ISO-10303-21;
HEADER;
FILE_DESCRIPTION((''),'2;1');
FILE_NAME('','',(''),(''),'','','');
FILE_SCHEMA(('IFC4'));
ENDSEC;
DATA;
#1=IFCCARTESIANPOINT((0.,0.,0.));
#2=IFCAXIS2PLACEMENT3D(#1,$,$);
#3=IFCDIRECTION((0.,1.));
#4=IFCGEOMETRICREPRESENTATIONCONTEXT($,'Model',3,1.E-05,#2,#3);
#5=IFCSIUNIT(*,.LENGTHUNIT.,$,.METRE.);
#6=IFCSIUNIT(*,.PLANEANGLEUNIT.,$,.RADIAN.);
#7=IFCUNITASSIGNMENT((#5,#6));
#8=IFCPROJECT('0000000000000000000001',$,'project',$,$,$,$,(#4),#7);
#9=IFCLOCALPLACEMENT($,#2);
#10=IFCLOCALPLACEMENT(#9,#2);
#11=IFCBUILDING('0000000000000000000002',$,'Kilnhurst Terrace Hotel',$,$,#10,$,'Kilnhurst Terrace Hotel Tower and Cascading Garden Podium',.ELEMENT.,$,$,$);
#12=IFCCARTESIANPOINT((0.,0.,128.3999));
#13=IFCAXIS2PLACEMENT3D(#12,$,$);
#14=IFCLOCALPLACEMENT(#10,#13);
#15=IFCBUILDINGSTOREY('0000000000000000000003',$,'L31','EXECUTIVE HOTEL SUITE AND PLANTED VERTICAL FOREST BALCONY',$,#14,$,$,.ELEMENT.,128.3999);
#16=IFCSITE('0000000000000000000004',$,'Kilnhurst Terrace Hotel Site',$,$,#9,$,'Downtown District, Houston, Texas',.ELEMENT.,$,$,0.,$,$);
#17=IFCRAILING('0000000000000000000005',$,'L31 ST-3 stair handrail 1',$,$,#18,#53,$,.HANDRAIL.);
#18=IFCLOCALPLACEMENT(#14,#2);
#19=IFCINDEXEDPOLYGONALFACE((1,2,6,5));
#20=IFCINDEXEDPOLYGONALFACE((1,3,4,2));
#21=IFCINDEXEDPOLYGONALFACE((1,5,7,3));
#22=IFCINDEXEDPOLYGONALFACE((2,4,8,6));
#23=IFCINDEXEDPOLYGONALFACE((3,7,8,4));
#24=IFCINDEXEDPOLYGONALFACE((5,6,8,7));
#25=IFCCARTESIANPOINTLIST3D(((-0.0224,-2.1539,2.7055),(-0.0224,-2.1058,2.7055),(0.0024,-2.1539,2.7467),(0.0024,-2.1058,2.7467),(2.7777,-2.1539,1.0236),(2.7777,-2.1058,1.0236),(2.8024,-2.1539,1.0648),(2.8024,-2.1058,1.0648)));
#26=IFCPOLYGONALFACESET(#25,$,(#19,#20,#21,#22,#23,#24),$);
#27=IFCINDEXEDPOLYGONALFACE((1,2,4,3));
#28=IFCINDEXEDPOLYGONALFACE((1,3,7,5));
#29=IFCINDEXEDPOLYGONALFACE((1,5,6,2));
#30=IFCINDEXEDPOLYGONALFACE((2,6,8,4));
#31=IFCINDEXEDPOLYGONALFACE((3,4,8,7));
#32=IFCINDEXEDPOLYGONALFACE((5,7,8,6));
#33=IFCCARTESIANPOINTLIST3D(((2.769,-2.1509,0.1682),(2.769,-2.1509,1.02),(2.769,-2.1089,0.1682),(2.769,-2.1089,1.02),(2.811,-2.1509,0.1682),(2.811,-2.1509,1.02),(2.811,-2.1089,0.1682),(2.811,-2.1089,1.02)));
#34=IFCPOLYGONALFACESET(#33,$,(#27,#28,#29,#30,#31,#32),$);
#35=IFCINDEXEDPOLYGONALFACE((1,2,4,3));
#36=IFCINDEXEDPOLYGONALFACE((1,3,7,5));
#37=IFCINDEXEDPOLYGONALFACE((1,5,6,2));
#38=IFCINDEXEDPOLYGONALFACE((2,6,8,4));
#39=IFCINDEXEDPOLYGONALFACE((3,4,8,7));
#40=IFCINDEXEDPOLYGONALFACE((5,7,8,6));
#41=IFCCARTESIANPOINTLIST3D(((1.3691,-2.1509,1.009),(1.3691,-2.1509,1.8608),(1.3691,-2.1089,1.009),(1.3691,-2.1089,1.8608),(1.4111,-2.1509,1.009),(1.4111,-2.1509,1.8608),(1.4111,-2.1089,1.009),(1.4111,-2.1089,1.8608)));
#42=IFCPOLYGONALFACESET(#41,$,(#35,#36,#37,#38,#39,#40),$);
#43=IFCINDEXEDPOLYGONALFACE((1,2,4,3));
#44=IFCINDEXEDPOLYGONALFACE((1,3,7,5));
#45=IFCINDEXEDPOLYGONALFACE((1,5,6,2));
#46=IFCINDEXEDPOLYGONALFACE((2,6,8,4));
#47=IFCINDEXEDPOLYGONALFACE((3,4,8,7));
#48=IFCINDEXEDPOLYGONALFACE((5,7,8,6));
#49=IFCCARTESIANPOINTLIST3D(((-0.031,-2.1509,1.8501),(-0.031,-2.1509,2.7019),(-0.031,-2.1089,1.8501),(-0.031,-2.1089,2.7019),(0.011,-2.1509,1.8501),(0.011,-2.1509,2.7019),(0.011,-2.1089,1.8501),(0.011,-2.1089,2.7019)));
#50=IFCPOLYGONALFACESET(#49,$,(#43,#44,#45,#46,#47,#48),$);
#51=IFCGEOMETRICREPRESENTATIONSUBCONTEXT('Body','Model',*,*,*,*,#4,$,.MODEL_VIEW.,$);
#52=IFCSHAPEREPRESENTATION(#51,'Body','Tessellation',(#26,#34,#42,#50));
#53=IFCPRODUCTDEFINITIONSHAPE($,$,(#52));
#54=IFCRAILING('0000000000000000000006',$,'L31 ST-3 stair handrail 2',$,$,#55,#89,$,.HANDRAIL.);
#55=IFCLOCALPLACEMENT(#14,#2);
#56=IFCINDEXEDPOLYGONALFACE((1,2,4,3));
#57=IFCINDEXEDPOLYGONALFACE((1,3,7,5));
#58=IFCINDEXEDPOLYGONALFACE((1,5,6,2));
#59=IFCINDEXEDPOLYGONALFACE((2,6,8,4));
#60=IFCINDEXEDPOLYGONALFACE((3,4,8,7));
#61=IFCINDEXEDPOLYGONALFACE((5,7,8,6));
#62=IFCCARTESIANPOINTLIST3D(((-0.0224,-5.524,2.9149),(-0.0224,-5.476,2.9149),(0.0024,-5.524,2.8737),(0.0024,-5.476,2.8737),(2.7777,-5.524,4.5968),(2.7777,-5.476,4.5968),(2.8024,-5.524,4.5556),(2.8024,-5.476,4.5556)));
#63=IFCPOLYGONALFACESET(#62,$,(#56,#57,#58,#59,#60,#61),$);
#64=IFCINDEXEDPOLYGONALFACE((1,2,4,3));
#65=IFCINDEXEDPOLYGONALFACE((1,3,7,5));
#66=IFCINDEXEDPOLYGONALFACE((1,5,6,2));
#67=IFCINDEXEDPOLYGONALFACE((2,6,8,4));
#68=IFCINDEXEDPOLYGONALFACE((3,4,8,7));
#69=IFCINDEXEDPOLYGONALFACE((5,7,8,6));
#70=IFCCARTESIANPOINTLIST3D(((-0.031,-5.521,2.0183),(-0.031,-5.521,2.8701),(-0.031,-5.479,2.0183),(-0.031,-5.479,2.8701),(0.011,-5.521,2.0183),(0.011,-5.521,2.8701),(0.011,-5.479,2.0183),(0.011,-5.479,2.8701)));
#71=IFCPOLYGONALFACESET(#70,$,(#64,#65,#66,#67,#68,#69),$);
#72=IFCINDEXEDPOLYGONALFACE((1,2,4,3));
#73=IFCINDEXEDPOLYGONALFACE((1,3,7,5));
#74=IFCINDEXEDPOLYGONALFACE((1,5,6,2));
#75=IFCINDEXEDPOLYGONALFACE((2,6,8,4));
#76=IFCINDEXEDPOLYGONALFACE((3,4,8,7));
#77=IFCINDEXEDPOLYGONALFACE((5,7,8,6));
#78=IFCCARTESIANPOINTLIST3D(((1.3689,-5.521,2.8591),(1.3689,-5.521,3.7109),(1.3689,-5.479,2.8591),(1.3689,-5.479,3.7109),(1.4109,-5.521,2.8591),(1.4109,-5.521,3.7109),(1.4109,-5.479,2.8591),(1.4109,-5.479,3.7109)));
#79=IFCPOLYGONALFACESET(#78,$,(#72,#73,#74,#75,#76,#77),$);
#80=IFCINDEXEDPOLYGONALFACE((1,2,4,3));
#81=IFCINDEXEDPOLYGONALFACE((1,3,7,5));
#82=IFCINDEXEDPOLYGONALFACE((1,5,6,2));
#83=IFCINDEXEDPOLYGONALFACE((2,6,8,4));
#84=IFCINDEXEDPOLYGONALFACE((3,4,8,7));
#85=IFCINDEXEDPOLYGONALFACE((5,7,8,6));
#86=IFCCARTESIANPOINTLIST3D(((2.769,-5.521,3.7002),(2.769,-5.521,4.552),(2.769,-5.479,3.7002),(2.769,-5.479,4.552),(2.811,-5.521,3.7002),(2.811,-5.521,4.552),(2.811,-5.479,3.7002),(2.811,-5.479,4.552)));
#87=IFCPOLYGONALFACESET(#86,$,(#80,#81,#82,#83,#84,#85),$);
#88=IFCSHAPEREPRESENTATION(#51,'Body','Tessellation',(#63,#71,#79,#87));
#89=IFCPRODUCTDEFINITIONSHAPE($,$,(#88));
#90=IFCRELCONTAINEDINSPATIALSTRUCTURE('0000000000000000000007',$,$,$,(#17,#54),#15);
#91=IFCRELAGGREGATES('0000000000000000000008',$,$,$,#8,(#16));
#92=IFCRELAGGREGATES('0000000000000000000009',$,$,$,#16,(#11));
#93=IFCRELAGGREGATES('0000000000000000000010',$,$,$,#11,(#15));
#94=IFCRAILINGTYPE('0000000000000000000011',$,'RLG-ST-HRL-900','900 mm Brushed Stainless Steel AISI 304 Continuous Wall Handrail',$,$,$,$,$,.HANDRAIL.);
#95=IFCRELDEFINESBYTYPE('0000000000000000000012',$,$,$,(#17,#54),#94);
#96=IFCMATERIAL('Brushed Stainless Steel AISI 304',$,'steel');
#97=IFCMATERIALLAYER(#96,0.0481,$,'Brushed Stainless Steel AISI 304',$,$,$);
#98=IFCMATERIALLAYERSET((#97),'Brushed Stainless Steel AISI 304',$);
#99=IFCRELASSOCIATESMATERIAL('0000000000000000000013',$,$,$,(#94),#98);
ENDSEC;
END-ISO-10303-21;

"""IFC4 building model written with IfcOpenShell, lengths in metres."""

from ifc_helpers import new_model, si_unit, direction, frame, origin, origin_2d, place, context, subcontext, project, spatial, rectangle, extrude, material, layer, layer_set, type_object, element, save


model = new_model("IFC4")

# Units and contexts
model_context = context("Model", 3, precision=1e-05, world=origin(), true_north=direction((0.0, 1.0)))
body_context = subcontext(model_context, "Body", "Model", "MODEL_VIEW")
ifc_project = project(units=[si_unit("LENGTHUNIT", "METRE"), si_unit("PLANEANGLEUNIT", "RADIAN")], contexts=[model_context])

# Site, building, storey
site_placement = place(None, origin())
site = spatial("IfcSite", under=ifc_project, at=site_placement, Name="Kilnhurst Terrace Hotel Site", LongName="Downtown District, Houston, Texas", CompositionType="ELEMENT", RefElevation=0.0)
building_placement = place(site_placement, origin())
building = spatial("IfcBuilding", under=site, at=building_placement, Name="Kilnhurst Terrace Hotel", LongName="Kilnhurst Terrace Hotel Tower and Cascading Garden Podium", CompositionType="ELEMENT")
storey_placement = place(building_placement, frame((0.0, 0.0, 128.3999)))
storey = spatial("IfcBuildingStorey", under=building, at=storey_placement, Name="L31", Description="EXECUTIVE HOTEL SUITE AND PLANTED VERTICAL FOREST BALCONY", CompositionType="ELEMENT", Elevation=128.3999)

# Railings
ifc_material_1 = material(Name="Brushed Stainless Steel AISI 304", Category="steel")
ifc_layer_1 = layer(ifc_material_1, 0.0481, Name="Brushed Stainless Steel AISI 304")
ifc_layer_set_1 = layer_set([ifc_layer_1], Name="Brushed Stainless Steel AISI 304")
railing_type_1 = type_object("IfcRailingType", Name="RLG-ST-HRL-900", Description="900 mm Brushed Stainless Steel AISI 304 Continuous Wall Handrail", PredefinedType="HANDRAIL", material=ifc_layer_set_1)
railing_1_placement = place(storey_placement, frame((2.79, -2.1299, 0.1682)))
element("IfcRailing", 1, at=railing_1_placement, inside=storey, type_object=railing_type_1, Name="L31 ST-3 stair handrail 1", PredefinedType="HANDRAIL", context=body_context, shape_type="SweptSolid", body=[
    extrude(rectangle(XDim=0.0481, YDim=0.0481, at=origin_2d()), frame((0.0, 0.0, 0.876), z_axis=(-0.857242, 0.0, 0.514913), x_axis=(0.0, -1.0, 0.0)), (0.0, 0.0, 1.0), 3.2664),
    extrude(rectangle(XDim=0.042, YDim=0.042, at=origin_2d()), origin(), (0.0, 0.0, 1.0), 0.8518),
    extrude(rectangle(XDim=0.042, YDim=0.042, at=origin_2d()), frame((-1.3999, 0.0, 0.8408)), (0.0, 0.0, 1.0), 0.8518),
    extrude(rectangle(XDim=0.042, YDim=0.042, at=origin_2d()), frame((-2.8, 0.0, 1.6819)), (0.0, 0.0, 1.0), 0.8518),
])
railing_2_placement = place(storey_placement, frame((-0.01, -5.5, 2.0183)))
element("IfcRailing", 2, at=railing_2_placement, inside=storey, type_object=railing_type_1, Name="L31 ST-3 stair handrail 2", PredefinedType="HANDRAIL", context=body_context, shape_type="SweptSolid", body=[
    extrude(rectangle(XDim=0.0481, YDim=0.0481, at=origin_2d()), frame((0.0, 0.0, 0.876), z_axis=(0.857242, 0.0, 0.514913), x_axis=(0.0, 1.0, 0.0)), (0.0, 0.0, 1.0), 3.2664),
    extrude(rectangle(XDim=0.042, YDim=0.042, at=origin_2d()), origin(), (0.0, 0.0, 1.0), 0.8518),
    extrude(rectangle(XDim=0.042, YDim=0.042, at=origin_2d()), frame((1.3999, 0.0, 0.8408)), (0.0, 0.0, 1.0), 0.8518),
    extrude(rectangle(XDim=0.042, YDim=0.042, at=origin_2d()), frame((2.8, 0.0, 1.6819)), (0.0, 0.0, 1.0), 0.8518),
])

save(model, "model.ifc")
